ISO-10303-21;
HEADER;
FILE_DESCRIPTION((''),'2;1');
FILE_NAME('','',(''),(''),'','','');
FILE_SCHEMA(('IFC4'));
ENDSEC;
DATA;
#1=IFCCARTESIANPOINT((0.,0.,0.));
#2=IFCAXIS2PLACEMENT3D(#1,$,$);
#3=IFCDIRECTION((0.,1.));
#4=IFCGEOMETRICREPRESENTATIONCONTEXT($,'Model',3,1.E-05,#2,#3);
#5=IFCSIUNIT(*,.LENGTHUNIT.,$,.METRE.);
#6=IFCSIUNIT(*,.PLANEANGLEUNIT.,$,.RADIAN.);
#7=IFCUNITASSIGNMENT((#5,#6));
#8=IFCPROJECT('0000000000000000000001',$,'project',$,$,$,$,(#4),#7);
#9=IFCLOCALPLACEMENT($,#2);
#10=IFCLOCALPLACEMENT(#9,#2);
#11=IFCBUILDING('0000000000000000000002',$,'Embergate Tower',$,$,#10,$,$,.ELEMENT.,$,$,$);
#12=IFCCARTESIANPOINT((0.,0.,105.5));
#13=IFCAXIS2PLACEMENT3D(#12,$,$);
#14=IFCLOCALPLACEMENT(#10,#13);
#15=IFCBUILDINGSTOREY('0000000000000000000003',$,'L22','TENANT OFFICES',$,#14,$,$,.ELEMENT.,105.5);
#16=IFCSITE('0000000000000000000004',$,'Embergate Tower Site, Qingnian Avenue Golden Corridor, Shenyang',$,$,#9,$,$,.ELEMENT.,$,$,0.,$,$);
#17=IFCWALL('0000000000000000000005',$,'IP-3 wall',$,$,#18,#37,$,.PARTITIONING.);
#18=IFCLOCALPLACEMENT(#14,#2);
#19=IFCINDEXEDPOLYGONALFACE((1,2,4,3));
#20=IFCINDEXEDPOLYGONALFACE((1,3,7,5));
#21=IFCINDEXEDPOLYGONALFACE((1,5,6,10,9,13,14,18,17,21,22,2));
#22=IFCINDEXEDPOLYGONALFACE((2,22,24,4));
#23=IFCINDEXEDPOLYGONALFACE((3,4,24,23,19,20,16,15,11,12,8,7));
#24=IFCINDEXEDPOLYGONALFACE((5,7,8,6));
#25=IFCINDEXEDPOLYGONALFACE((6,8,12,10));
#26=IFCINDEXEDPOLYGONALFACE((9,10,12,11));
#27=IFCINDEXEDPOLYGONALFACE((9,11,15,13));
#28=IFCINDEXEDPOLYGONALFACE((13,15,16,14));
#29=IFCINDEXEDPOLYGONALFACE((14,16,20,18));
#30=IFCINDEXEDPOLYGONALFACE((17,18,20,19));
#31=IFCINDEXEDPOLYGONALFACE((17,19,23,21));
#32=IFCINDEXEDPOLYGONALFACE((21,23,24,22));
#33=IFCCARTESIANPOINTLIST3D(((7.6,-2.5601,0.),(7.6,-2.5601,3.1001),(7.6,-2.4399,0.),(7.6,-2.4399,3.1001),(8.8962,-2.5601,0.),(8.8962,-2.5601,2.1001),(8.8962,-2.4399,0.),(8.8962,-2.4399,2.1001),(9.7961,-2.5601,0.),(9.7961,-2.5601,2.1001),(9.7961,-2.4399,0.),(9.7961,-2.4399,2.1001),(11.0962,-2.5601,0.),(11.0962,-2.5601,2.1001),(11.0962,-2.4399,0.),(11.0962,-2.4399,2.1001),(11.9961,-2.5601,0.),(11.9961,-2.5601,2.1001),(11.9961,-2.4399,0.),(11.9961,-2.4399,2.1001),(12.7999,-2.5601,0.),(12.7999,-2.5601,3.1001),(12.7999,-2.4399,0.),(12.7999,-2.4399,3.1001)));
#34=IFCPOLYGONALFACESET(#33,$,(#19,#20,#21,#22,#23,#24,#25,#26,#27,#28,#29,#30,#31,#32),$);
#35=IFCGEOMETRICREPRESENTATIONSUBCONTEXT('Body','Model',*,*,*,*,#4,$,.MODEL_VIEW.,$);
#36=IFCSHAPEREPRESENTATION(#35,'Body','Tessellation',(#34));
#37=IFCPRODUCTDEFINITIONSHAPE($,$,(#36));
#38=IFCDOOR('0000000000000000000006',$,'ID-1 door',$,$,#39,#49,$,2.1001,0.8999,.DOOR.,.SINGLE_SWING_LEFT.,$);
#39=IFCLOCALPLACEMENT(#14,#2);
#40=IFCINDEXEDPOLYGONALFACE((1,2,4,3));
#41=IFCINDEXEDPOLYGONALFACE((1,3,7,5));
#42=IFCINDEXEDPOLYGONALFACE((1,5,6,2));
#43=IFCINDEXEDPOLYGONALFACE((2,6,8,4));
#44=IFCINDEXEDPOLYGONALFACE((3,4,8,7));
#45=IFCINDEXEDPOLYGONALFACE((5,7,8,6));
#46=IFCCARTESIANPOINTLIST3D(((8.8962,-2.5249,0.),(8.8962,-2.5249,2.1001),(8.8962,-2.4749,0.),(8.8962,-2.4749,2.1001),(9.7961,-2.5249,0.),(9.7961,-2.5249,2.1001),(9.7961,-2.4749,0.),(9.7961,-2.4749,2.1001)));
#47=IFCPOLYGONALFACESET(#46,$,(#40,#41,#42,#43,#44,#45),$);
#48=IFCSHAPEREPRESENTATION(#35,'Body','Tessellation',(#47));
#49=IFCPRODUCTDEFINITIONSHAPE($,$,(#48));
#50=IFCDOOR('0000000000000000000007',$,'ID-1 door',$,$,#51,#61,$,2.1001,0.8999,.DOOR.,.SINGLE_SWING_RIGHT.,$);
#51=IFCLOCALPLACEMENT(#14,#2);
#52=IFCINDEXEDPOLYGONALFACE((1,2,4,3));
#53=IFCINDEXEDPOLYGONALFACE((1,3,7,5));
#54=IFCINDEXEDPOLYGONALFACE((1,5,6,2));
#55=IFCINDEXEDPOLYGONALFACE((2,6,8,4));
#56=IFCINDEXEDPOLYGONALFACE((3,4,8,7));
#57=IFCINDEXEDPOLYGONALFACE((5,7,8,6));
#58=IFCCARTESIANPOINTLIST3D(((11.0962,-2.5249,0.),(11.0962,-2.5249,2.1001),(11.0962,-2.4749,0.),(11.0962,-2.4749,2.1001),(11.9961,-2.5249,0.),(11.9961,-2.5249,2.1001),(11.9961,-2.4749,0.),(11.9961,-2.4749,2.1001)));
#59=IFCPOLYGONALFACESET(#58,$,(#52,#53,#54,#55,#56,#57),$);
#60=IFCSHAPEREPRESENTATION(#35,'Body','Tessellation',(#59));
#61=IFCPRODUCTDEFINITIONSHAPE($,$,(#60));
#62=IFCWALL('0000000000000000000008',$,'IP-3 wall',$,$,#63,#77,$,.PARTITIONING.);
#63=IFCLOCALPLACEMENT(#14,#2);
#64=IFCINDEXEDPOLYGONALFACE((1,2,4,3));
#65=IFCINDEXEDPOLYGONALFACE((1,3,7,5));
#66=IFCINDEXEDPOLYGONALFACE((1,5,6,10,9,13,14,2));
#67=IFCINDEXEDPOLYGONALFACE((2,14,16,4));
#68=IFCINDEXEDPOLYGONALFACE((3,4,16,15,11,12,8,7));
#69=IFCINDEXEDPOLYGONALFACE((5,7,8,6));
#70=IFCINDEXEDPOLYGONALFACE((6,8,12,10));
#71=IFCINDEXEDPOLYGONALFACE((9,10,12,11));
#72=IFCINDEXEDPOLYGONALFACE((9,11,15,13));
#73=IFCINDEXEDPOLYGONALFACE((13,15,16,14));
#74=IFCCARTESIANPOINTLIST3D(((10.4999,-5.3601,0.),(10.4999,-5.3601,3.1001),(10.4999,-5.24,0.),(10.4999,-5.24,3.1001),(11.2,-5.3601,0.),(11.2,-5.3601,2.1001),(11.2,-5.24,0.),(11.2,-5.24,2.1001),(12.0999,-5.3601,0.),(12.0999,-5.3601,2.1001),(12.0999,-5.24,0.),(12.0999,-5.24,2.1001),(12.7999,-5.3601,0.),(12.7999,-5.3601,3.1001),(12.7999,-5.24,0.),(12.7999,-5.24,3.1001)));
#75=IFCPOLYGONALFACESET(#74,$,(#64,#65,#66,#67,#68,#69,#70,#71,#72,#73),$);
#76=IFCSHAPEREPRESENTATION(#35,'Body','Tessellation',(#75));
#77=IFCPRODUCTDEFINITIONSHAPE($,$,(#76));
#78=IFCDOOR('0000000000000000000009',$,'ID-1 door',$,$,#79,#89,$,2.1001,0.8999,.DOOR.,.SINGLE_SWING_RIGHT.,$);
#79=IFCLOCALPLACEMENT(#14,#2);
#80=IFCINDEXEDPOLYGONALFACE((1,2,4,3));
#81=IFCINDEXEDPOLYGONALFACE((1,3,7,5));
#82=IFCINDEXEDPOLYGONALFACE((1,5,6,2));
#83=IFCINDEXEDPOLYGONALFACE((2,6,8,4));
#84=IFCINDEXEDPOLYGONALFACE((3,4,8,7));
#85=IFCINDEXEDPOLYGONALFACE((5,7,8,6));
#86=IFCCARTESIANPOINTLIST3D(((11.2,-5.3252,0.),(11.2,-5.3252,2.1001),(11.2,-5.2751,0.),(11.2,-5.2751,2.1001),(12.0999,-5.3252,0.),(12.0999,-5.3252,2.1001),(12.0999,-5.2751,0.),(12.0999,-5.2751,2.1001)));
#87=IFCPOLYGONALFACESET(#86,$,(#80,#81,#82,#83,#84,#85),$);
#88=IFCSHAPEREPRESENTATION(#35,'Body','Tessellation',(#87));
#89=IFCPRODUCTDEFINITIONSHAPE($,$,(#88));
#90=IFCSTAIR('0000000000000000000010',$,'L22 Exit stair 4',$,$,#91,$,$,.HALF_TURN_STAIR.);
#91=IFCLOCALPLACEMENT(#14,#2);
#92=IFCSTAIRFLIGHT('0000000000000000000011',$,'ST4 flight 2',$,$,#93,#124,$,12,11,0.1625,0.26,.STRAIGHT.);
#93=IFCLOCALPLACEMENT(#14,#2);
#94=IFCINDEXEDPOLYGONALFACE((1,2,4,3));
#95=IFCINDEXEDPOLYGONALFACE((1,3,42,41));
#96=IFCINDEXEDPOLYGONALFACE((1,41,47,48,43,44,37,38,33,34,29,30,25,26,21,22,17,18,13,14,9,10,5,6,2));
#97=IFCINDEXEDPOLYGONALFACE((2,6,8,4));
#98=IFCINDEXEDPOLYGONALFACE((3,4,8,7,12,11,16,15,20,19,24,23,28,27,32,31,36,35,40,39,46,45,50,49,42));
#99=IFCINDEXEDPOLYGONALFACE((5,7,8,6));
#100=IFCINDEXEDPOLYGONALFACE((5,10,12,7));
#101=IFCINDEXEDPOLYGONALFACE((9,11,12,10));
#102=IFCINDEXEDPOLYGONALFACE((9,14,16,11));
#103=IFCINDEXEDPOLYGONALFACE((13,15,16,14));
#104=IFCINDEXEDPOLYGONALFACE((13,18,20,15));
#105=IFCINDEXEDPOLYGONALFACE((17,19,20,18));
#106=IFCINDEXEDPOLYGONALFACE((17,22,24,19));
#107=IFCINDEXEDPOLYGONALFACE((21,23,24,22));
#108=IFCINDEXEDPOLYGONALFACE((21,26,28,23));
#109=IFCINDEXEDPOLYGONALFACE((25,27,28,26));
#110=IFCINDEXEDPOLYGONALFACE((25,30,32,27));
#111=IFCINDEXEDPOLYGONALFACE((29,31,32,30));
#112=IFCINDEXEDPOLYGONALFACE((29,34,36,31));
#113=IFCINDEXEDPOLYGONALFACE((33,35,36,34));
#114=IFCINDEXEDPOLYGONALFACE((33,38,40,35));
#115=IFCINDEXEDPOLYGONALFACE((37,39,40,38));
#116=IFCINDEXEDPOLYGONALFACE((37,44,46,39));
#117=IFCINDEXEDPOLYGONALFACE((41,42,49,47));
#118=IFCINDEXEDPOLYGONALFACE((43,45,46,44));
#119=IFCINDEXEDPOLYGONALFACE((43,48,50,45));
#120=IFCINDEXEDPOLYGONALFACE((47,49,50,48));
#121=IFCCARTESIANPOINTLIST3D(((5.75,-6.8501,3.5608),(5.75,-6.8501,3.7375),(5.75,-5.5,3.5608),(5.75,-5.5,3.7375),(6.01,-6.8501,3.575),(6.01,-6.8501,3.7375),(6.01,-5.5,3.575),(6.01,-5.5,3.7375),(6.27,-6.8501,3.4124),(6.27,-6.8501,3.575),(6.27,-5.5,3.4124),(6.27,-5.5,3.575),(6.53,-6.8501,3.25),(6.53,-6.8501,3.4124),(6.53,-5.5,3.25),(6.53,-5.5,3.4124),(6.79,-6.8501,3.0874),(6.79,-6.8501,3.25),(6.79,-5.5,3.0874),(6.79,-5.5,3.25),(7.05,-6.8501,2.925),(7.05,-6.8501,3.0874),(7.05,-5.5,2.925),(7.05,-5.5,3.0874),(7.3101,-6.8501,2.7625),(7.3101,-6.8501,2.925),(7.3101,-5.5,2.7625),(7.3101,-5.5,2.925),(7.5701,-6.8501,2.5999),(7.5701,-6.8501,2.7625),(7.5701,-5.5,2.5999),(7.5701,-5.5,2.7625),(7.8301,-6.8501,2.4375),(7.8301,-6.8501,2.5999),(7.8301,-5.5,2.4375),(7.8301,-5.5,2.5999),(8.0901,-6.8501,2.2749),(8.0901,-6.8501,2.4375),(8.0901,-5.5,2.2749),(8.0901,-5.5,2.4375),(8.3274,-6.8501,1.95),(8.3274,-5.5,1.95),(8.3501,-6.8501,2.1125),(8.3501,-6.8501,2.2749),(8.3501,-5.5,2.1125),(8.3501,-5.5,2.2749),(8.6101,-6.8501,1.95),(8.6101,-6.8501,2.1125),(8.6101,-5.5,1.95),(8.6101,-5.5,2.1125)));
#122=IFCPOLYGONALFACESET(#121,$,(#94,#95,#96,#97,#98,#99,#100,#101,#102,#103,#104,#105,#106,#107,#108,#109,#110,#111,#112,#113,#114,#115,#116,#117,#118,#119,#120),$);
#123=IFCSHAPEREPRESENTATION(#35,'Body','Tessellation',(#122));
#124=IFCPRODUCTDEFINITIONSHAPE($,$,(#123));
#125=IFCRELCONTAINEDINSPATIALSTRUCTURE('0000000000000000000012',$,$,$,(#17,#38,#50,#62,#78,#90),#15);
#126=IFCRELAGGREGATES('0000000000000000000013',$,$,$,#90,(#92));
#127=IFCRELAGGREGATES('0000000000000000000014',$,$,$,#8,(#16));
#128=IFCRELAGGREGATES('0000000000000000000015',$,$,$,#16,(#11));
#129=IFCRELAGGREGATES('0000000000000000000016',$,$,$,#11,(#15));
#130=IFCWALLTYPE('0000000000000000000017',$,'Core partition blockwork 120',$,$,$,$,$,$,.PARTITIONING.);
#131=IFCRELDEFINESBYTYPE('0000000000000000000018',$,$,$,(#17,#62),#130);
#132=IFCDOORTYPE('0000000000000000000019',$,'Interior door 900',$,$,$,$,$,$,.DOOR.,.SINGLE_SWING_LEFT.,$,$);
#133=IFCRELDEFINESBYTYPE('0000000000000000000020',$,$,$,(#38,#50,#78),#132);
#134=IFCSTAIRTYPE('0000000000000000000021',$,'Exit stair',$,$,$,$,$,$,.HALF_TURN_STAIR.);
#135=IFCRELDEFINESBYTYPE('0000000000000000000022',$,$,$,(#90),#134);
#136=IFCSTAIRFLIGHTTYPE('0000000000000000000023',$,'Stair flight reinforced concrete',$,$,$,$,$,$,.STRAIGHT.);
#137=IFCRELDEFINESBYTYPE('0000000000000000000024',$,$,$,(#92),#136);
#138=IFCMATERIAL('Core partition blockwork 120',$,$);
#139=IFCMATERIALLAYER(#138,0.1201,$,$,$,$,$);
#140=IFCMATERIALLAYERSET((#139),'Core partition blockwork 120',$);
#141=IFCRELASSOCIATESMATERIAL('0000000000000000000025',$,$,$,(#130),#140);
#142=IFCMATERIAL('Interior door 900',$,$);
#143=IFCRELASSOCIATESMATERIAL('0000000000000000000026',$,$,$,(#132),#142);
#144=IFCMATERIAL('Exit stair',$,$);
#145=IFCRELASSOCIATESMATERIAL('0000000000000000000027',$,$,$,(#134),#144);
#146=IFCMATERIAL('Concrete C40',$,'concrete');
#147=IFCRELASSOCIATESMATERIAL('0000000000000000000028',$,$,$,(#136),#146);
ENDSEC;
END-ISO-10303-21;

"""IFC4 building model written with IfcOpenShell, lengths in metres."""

from ifc_helpers import new_model, si_unit, direction, frame, frame_2d, origin, place, context, subcontext, project, spatial, polyline, rectangle, outline, extrude, source, transform, mapped, material, layer, layer_set, type_object, element, fill, aggregate, save


model = new_model("IFC4")

# Units and contexts
model_context = context("Model", 3, precision=1e-05, world=origin(), true_north=direction((0.0, 1.0)))
body_context = subcontext(model_context, "Body", "Model", "MODEL_VIEW")
ifc_project = project(units=[si_unit("LENGTHUNIT", "METRE"), si_unit("PLANEANGLEUNIT", "RADIAN")], contexts=[model_context])

# Site, building, storey
site_placement = place(None, origin())
site = spatial("IfcSite", under=ifc_project, at=site_placement, Name="Embergate Tower Site, Qingnian Avenue Golden Corridor, Shenyang", CompositionType="ELEMENT", RefElevation=0.0)
building_placement = place(site_placement, origin())
building = spatial("IfcBuilding", under=site, at=building_placement, Name="Embergate Tower", CompositionType="ELEMENT")
storey_placement = place(building_placement, frame((0.0, 0.0, 105.5)))
storey = spatial("IfcBuildingStorey", under=building, at=storey_placement, Name="L22", Description="TENANT OFFICES", CompositionType="ELEMENT", Elevation=105.5)

# Shared definitions
ifc_material_1 = material(Name="Core partition blockwork 120")
ifc_layer_1 = layer(ifc_material_1, 0.1201)
ifc_layer_set_1 = layer_set([ifc_layer_1], Name="Core partition blockwork 120")
wall_type_1 = type_object("IfcWallType", Name="Core partition blockwork 120", PredefinedType="PARTITIONING", material=ifc_layer_set_1)
shared_shape_1 = source(origin(), body_context, "Body", "SweptSolid", [
    extrude(rectangle(XDim=0.8999, YDim=2.1001, at=frame_2d((0.45, 1.05))), frame((0.0, 0.0701, 0.0), z_axis=(0.0, -1.0, 0.0), x_axis=(1.0, 0.0, 0.0)), (0.0, 0.0, 1.0), 0.1401),
])
ifc_material_2 = material(Name="Interior door 900")
door_type_1 = type_object("IfcDoorType", Name="Interior door 900", OperationType="SINGLE_SWING_LEFT", PredefinedType="DOOR", material=ifc_material_2)
shared_shape_2 = source(origin(), body_context, "Body", "SweptSolid", [
    extrude(rectangle(XDim=0.8999, YDim=2.1001, at=frame_2d((0.45, 1.05))), frame((0.0, 0.0249, 0.0), z_axis=(0.0, -1.0, 0.0), x_axis=(1.0, 0.0, 0.0)), (0.0, 0.0, 1.0), 0.05),
])

# Wall, openings, doors
shared_shape_3 = source(origin(), body_context, "Body", "SweptSolid", [
    extrude(rectangle(XDim=5.2, YDim=0.1201, at=frame_2d((2.6001, 0.0))), origin(), (0.0, 0.0, 1.0), 3.1001),
])
wall_1_placement = place(storey_placement, frame((12.8, -2.5, 0.0), z_axis=(0.0, 0.0, 1.0), x_axis=(-1.0, 0.0, 0.0)))
wall_1 = element("IfcWall", 1, at=wall_1_placement, inside=storey, type_object=wall_type_1, Name="IP-3 wall", PredefinedType="PARTITIONING", context=body_context, shape_type="MappedRepresentation", body=[
    mapped(shared_shape_3, transform((0.0, 0.0, 0.0))),
])
opening_1_placement = place(wall_1_placement, frame((3.0039, 0.0, 0.0)))
opening_1 = element("IfcOpeningElement", 2, at=opening_1_placement, cuts=wall_1, PredefinedType="OPENING", context=body_context, shape_type="MappedRepresentation", body=[
    mapped(shared_shape_1, transform((0.0, 0.0, 0.0))),
])
opening_2_placement = place(wall_1_placement, frame((0.804, 0.0, 0.0)))
opening_2 = element("IfcOpeningElement", 3, at=opening_2_placement, cuts=wall_1, PredefinedType="OPENING", context=body_context, shape_type="MappedRepresentation", body=[
    mapped(shared_shape_1, transform((0.0, 0.0, 0.0))),
])
door_1_placement = place(opening_1_placement, origin())
door_1 = element("IfcDoor", 4, at=door_1_placement, inside=storey, type_object=door_type_1, Name="ID-1 door", OperationType="SINGLE_SWING_LEFT", OverallHeight=2.1001, OverallWidth=0.8999, PredefinedType="DOOR", context=body_context, shape_type="MappedRepresentation", body=[
    mapped(shared_shape_2, transform((0.0, 0.0, 0.0))),
])
fill(opening_1, door_1)
door_2_placement = place(opening_2_placement, origin())
door_2 = element("IfcDoor", 5, at=door_2_placement, inside=storey, type_object=door_type_1, Name="ID-1 door", OperationType="SINGLE_SWING_RIGHT", OverallHeight=2.1001, OverallWidth=0.8999, PredefinedType="DOOR", context=body_context, shape_type="MappedRepresentation", body=[
    mapped(shared_shape_2, transform((0.0, 0.0, 0.0))),
])
fill(opening_2, door_2)

# Wall, opening, door
shared_shape_4 = source(origin(), body_context, "Body", "SweptSolid", [
    extrude(rectangle(XDim=2.3, YDim=0.1201, at=frame_2d((1.1499, 0.0))), origin(), (0.0, 0.0, 1.0), 3.1001),
])
wall_2_placement = place(storey_placement, frame((10.5, -5.3, 0.0), z_axis=(0.0, 0.0, 1.0), x_axis=(1.0, 0.0, 0.0)))
wall_2 = element("IfcWall", 6, at=wall_2_placement, inside=storey, type_object=wall_type_1, Name="IP-3 wall", PredefinedType="PARTITIONING", context=body_context, shape_type="MappedRepresentation", body=[
    mapped(shared_shape_4, transform((0.0, 0.0, 0.0))),
])
opening_3_placement = place(wall_2_placement, frame((0.7, 0.0, 0.0)))
opening_3 = element("IfcOpeningElement", 7, at=opening_3_placement, cuts=wall_2, PredefinedType="OPENING", context=body_context, shape_type="MappedRepresentation", body=[
    mapped(shared_shape_1, transform((0.0, 0.0, 0.0))),
])
door_3_placement = place(opening_3_placement, origin())
door_3 = element("IfcDoor", 8, at=door_3_placement, inside=storey, type_object=door_type_1, Name="ID-1 door", OperationType="SINGLE_SWING_RIGHT", OverallHeight=2.1001, OverallWidth=0.8999, PredefinedType="DOOR", context=body_context, shape_type="MappedRepresentation", body=[
    mapped(shared_shape_2, transform((0.0, 0.0, 0.0))),
])
fill(opening_3, door_3)

# Stair, stair flight
ifc_material_3 = material(Name="Exit stair")
stair_type = type_object("IfcStairType", Name="Exit stair", PredefinedType="HALF_TURN_STAIR", material=ifc_material_3)
stair_placement = place(storey_placement, origin())
stair = element("IfcStair", 9, at=stair_placement, inside=storey, type_object=stair_type, Name="L22 Exit stair 4", PredefinedType="HALF_TURN_STAIR")
ifc_material_4 = material(Name="Concrete C40", Category="concrete")
stair_flight_type = type_object("IfcStairFlightType", Name="Stair flight reinforced concrete", PredefinedType="STRAIGHT", material=ifc_material_4)
shared_shape_5 = source(origin(), body_context, "Body", "SweptSolid", [
    extrude(outline(polyline([(0.0, 0.0), (0.0, 0.1626), (0.26, 0.1626), (0.26, 0.325), (0.52, 0.325), (0.52, 0.4875), (0.78, 0.4875), (0.78, 0.6499), (1.04, 0.6499), (1.04, 0.8125), (1.3, 0.8125), (1.3, 0.9751), (1.5601, 0.9751), (1.5601, 1.1375), (1.8201, 1.1375), (1.8201, 1.3), (2.0801, 1.3), (2.0801, 1.4624), (2.3401, 1.4624), (2.3401, 1.625), (2.6001, 1.625), (2.6001, 1.7876), (2.8601, 1.7876), (2.8601, 1.95), (2.8601, 1.6108), (0.2827, 0.0), (0.0, 0.0)])), frame((0.0, 0.675, 0.0), z_axis=(0.0, -1.0, 0.0), x_axis=(1.0, 0.0, 0.0)), (0.0, 0.0, 1.0), 1.3501),
])
stair_flight_placement = place(storey_placement, frame((8.6101, -6.175, 1.95), z_axis=(0.0, 0.0, 1.0), x_axis=(-1.0, 0.0, 0.0)))
stair_flight = element("IfcStairFlight", 10, at=stair_flight_placement, type_object=stair_flight_type, Name="ST4 flight 2", NumberOfRisers=12, NumberOfTreads=11, PredefinedType="STRAIGHT", RiserHeight=0.1625, TreadLength=0.26, context=body_context, shape_type="MappedRepresentation", body=[
    mapped(shared_shape_5, transform((0.0, 0.0, 0.0))),
])
aggregate(stair, [stair_flight])

save(model, "model.ifc")
